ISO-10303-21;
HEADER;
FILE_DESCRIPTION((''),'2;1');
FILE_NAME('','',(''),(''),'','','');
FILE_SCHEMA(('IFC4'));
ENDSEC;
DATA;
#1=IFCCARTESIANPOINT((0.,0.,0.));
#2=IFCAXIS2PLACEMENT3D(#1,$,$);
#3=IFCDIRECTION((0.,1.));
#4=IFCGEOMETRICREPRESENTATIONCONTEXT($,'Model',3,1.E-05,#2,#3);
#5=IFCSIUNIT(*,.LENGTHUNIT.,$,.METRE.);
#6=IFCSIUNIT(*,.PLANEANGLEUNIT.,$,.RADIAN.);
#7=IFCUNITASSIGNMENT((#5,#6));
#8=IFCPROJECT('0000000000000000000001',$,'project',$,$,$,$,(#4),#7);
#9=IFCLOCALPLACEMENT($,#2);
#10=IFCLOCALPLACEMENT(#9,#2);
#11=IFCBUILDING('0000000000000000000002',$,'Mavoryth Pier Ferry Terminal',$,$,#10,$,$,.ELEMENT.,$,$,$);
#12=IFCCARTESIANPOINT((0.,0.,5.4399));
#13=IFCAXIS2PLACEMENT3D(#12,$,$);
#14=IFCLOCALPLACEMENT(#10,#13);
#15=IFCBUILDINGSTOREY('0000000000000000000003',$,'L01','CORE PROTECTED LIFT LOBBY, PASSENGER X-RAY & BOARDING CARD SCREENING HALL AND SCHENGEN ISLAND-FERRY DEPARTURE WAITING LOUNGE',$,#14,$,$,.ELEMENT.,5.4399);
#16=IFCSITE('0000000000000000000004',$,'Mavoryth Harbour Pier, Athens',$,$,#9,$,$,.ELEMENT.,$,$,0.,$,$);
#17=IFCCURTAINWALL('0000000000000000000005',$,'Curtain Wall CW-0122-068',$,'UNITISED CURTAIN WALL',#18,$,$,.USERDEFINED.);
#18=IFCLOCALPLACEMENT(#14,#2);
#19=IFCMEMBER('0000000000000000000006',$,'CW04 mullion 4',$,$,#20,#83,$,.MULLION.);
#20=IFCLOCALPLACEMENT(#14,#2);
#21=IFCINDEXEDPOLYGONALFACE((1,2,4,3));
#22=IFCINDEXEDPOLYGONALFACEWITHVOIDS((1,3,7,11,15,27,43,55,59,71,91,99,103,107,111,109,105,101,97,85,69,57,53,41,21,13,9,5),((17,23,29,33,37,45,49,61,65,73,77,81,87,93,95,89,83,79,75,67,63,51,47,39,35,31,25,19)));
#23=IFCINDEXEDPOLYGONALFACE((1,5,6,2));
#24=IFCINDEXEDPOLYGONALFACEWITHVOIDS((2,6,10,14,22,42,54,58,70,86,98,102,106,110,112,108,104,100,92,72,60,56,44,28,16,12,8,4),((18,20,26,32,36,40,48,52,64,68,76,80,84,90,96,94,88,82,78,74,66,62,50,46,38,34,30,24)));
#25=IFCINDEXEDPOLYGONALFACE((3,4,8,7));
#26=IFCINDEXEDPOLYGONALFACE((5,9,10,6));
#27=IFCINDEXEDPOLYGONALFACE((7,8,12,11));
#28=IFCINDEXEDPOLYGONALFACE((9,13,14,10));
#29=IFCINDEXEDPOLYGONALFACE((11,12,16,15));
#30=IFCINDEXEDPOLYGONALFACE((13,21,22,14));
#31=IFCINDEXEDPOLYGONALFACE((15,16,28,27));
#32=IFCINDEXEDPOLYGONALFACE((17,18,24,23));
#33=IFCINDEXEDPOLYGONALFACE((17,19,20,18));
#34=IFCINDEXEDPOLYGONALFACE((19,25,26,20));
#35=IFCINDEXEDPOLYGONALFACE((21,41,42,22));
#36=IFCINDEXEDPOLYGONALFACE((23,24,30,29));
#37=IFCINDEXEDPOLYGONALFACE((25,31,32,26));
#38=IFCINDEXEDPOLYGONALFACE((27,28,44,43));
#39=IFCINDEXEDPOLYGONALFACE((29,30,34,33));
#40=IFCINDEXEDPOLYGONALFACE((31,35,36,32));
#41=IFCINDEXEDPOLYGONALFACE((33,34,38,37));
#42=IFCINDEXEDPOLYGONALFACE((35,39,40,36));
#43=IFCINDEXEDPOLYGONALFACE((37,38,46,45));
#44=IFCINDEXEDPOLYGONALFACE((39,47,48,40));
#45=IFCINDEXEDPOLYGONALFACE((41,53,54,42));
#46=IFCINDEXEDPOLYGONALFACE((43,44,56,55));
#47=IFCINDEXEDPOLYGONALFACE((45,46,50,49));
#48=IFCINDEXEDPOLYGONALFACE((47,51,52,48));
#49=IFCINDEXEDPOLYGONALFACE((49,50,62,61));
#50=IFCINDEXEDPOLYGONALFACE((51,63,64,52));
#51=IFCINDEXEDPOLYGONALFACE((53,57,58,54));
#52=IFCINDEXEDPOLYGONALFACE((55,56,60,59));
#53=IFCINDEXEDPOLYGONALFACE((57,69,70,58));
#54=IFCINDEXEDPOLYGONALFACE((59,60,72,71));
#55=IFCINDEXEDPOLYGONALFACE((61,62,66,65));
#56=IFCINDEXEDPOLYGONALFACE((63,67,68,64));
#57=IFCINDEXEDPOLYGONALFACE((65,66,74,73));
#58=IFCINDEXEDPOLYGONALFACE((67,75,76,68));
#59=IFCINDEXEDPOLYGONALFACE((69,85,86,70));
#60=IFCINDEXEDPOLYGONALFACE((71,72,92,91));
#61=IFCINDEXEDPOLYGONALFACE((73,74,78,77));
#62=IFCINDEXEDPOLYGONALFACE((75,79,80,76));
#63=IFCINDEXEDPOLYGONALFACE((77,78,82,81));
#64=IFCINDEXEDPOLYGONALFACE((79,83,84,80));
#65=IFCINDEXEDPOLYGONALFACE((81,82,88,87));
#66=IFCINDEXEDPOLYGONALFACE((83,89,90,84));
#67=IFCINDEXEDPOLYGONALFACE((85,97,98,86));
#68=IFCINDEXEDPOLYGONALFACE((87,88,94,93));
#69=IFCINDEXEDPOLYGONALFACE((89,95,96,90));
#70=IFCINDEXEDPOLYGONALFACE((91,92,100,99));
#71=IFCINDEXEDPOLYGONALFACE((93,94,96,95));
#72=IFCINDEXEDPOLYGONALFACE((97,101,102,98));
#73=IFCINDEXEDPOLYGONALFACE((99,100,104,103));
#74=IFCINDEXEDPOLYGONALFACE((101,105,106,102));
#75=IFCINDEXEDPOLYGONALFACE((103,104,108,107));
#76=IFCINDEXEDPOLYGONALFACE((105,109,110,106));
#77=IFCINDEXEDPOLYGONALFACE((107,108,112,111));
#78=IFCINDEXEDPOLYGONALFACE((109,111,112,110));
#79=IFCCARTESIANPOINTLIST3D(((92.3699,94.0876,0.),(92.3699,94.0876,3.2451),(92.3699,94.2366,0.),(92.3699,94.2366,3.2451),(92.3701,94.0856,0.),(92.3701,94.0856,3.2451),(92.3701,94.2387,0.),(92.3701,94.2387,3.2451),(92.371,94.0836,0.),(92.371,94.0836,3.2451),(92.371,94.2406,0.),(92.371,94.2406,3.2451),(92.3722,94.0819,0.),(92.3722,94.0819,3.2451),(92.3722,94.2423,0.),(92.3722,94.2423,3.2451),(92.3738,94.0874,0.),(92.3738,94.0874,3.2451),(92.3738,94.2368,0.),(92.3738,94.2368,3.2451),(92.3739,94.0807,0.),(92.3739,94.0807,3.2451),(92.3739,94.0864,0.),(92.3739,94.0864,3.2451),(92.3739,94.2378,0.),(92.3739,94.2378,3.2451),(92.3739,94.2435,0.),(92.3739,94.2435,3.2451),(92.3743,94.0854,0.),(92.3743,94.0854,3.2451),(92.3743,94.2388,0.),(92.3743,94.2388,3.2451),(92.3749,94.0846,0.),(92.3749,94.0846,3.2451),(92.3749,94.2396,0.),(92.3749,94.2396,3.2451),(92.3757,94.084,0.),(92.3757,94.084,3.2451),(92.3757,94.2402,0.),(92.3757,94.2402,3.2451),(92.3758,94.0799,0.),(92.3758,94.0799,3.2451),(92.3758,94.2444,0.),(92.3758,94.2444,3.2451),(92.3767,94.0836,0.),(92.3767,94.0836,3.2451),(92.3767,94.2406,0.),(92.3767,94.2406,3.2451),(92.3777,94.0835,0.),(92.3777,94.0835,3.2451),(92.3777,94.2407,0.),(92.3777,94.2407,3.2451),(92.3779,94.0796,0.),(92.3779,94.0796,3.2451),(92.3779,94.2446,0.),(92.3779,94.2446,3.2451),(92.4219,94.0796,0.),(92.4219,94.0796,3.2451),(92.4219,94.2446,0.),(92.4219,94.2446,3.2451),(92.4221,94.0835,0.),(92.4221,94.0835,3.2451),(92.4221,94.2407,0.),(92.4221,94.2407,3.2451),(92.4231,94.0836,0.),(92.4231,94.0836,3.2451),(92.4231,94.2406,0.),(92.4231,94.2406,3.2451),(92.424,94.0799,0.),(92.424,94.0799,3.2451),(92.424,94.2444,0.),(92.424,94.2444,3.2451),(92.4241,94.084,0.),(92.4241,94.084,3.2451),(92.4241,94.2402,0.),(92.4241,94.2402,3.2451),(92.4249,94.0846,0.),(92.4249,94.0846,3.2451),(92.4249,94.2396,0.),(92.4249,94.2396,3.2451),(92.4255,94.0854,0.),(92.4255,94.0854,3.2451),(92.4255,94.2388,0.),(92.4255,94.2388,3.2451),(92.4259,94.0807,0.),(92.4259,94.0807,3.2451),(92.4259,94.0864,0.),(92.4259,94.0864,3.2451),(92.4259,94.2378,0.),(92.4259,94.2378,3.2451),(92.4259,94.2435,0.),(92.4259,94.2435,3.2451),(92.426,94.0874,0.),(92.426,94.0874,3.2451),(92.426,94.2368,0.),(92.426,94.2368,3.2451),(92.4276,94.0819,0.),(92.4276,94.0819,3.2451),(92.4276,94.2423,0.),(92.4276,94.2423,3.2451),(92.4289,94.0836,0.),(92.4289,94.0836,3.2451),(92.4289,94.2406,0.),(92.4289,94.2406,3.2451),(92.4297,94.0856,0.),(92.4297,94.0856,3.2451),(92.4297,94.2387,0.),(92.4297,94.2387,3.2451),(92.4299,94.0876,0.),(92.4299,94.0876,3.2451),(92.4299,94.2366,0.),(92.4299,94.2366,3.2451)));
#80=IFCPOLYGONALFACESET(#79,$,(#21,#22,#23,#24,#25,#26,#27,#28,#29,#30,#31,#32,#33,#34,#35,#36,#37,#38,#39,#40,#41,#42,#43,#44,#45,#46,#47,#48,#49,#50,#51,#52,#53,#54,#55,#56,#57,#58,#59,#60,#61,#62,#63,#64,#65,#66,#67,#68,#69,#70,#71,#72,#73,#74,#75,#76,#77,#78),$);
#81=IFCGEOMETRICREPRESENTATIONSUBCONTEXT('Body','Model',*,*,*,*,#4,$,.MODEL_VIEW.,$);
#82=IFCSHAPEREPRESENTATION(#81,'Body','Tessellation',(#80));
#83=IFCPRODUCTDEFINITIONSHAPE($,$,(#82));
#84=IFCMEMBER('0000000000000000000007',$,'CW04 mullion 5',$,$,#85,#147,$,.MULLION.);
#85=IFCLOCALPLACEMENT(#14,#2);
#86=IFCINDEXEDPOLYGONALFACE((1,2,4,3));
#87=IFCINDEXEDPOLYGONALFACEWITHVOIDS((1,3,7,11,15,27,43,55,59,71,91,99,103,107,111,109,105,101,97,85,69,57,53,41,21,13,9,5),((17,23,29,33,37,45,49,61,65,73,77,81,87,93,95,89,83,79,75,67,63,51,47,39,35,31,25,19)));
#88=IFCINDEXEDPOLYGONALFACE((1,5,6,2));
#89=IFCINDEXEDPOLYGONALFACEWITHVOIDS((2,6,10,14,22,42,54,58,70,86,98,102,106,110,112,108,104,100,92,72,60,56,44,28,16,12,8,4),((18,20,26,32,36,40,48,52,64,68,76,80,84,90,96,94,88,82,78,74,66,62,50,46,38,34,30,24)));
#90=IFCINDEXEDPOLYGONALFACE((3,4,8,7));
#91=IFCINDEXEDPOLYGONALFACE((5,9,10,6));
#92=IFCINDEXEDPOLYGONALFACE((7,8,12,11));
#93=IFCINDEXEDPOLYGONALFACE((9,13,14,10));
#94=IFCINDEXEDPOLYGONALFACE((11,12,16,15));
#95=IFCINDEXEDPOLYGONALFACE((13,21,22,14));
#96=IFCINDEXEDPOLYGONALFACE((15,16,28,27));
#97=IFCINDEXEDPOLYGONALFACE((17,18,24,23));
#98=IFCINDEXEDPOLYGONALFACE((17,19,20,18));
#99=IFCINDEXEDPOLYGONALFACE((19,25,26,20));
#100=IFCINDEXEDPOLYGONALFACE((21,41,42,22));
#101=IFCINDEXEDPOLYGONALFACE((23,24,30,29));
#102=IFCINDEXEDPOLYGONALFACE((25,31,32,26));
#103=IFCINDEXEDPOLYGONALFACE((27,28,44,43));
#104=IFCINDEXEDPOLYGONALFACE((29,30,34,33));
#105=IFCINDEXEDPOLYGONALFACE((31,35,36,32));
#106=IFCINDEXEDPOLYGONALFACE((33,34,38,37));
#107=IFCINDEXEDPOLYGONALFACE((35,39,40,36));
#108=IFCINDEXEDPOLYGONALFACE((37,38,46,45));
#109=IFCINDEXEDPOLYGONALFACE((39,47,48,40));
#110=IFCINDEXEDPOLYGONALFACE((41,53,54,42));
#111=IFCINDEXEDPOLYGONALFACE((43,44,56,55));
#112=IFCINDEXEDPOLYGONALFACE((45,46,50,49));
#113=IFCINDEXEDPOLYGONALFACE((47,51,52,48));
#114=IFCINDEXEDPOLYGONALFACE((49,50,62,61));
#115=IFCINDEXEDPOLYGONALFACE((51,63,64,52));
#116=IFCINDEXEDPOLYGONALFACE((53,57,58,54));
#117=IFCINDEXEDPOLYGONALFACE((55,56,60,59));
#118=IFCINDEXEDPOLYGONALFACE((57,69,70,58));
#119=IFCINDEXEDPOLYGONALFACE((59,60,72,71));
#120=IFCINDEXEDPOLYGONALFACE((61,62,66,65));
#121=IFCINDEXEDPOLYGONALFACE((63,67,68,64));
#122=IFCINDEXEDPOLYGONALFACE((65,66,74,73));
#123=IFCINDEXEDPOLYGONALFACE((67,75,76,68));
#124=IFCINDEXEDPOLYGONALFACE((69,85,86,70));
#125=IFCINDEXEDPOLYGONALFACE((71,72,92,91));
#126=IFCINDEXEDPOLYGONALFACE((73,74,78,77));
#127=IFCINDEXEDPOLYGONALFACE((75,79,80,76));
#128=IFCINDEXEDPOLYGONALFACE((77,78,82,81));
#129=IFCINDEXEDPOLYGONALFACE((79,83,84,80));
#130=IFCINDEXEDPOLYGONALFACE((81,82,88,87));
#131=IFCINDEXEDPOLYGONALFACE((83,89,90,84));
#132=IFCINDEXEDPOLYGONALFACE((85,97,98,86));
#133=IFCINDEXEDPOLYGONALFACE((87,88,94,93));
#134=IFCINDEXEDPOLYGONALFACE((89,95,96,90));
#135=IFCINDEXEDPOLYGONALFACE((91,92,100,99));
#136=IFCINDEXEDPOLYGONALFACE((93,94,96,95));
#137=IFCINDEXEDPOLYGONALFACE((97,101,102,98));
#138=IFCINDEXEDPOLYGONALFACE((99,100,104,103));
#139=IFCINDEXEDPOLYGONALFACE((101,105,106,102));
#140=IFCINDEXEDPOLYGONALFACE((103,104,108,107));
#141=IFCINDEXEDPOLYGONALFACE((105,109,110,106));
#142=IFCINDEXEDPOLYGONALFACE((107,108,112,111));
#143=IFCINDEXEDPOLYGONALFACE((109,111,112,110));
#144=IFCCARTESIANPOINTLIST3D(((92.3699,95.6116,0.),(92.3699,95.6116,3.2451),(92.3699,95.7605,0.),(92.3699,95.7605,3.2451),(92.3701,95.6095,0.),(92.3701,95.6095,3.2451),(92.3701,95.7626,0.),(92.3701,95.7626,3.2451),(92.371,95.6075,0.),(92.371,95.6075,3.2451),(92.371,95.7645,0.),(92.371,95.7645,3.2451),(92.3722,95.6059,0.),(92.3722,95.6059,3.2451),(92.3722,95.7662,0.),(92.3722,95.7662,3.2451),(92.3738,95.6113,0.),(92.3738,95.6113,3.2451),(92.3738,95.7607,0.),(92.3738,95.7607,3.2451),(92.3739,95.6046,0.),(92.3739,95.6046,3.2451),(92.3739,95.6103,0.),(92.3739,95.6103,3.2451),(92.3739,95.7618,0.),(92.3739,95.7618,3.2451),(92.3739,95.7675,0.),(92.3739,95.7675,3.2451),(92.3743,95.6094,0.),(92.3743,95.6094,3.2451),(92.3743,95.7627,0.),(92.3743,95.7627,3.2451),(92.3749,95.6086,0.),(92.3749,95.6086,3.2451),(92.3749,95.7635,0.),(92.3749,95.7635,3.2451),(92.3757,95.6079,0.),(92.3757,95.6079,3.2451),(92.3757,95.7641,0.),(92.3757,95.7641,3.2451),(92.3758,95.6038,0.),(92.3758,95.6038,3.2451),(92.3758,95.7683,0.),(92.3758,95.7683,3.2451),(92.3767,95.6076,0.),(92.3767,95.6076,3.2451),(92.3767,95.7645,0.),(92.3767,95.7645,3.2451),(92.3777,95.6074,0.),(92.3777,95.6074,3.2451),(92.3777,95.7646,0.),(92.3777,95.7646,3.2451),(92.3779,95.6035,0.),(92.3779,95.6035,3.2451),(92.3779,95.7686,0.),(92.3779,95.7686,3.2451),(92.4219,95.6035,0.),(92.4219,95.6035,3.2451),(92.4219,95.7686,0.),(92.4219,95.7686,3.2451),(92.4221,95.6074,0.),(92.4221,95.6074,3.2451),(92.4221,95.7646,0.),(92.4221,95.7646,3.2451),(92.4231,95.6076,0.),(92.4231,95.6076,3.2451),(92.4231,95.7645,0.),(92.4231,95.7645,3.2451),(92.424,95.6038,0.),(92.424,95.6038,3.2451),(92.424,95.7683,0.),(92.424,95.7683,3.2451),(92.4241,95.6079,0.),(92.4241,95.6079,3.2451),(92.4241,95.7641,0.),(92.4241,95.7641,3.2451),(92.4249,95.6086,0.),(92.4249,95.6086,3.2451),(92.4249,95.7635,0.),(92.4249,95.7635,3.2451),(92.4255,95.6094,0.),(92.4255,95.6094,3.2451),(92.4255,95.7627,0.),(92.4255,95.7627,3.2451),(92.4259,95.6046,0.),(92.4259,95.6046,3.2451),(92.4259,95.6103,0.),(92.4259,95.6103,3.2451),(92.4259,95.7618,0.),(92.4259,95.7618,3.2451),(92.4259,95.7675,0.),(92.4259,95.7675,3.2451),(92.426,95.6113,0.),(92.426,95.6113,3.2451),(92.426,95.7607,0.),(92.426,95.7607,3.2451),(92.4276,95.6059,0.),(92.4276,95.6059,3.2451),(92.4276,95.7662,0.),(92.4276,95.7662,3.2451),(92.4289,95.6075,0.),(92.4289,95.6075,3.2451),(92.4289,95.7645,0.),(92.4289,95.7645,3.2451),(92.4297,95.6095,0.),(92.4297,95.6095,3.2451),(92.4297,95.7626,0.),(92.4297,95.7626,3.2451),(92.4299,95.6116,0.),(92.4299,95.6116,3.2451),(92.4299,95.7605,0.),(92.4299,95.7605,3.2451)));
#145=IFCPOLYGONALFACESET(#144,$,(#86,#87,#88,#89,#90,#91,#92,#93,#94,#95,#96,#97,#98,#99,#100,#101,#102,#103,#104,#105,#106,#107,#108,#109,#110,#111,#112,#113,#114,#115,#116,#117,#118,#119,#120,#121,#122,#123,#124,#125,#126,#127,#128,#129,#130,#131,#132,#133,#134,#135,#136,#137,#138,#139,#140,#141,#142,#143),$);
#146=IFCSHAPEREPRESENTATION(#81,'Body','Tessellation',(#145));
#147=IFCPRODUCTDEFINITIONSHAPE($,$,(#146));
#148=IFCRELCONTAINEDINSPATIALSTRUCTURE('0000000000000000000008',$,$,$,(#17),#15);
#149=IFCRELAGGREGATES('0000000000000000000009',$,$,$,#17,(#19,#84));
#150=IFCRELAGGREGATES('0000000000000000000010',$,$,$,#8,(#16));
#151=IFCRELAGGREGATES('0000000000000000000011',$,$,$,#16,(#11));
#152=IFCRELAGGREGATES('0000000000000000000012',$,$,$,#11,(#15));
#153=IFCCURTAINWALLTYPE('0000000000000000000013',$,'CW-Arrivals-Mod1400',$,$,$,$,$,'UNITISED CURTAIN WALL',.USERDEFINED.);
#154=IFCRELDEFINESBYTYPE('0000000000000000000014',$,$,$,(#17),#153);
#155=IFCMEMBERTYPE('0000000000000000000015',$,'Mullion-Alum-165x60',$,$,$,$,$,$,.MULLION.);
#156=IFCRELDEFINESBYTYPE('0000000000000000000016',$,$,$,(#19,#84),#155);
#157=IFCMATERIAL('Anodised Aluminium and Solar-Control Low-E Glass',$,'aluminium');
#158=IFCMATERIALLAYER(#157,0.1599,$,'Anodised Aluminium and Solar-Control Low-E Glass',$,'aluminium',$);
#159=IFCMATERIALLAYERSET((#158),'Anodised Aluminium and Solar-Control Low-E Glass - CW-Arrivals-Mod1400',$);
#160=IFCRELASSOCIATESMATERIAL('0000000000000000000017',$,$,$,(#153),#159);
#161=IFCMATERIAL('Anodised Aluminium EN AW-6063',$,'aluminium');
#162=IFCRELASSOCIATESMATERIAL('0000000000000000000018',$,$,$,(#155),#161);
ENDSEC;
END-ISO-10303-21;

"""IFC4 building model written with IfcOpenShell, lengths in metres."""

from ifc_helpers import new_model, si_unit, direction, frame, origin, origin_2d, place, context, subcontext, project, spatial, hollow_rectangle, extrude, material, layer, layer_set, material_profile, profile_set, type_object, element, aggregate, save


model = new_model("IFC4")

# Units and contexts
model_context = context("Model", 3, precision=1e-05, world=origin(), true_north=direction((0.0, 1.0)))
body_context = subcontext(model_context, "Body", "Model", "MODEL_VIEW")
ifc_project = project(units=[si_unit("LENGTHUNIT", "METRE"), si_unit("PLANEANGLEUNIT", "RADIAN")], contexts=[model_context])

# Site, building, storey
site_placement = place(None, origin())
site = spatial("IfcSite", under=ifc_project, at=site_placement, Name="Mavoryth Harbour Pier, Athens", CompositionType="ELEMENT", RefElevation=0.0)
building_placement = place(site_placement, origin())
building = spatial("IfcBuilding", under=site, at=building_placement, Name="Mavoryth Pier Ferry Terminal", CompositionType="ELEMENT")
storey_placement = place(building_placement, frame((0.0, 0.0, 5.4399)))
storey = spatial("IfcBuildingStorey", under=building, at=storey_placement, Name="L01", Description="CORE PROTECTED LIFT LOBBY, PASSENGER X-RAY & BOARDING CARD SCREENING HALL AND SCHENGEN ISLAND-FERRY DEPARTURE WAITING LOUNGE", CompositionType="ELEMENT", Elevation=5.4399)

# Curtain wall, members
ifc_material_1 = material(Name="Anodised Aluminium and Solar-Control Low-E Glass", Category="aluminium")
ifc_layer_1 = layer(ifc_material_1, 0.1599, Name="Anodised Aluminium and Solar-Control Low-E Glass", Category="aluminium")
ifc_layer_set_1 = layer_set([ifc_layer_1], Name="Anodised Aluminium and Solar-Control Low-E Glass - CW-Arrivals-Mod1400")
curtain_wall_type = type_object("IfcCurtainWallType", Name="CW-Arrivals-Mod1400", ElementType="UNITISED CURTAIN WALL", PredefinedType="USERDEFINED", material=ifc_layer_set_1)
curtain_wall_placement = place(storey_placement, origin())
curtain_wall = element("IfcCurtainWall", 1, at=curtain_wall_placement, inside=storey, type_object=curtain_wall_type, Name="Curtain Wall CW-0122-068", ObjectType="UNITISED CURTAIN WALL", PredefinedType="USERDEFINED")
ifc_material_2 = material(Name="Anodised Aluminium EN AW-6063", Category="aluminium")
ifc_material_profile_1 = material_profile(ifc_material_2, hollow_rectangle(XDim=0.0601, YDim=0.165, WallThickness=0.0039, InnerFilletRadius=0.0039, OuterFilletRadius=0.0081, at=origin_2d()), Name="AL-MULL 165x60x4", Category="aluminium")
ifc_profile_set_1 = profile_set([ifc_material_profile_1], Name="Anodised Aluminium EN AW-6063 - AL-MULL 165x60x4")
member_type_1 = type_object("IfcMemberType", Name="Mullion-Alum-165x60", PredefinedType="MULLION", material=ifc_profile_set_1)
member_1_placement = place(storey_placement, frame((92.3999, 94.1621, 0.0), z_axis=(0.0, 0.0, 1.0), x_axis=(-1.0, 0.0, 0.0)))
member_1 = element("IfcMember", 2, at=member_1_placement, type_object=member_type_1, Name="CW04 mullion 4", PredefinedType="MULLION", context=body_context, shape_type="SweptSolid", body=[
    extrude(hollow_rectangle(XDim=0.0601, YDim=0.165, WallThickness=0.0039, InnerFilletRadius=0.0039, OuterFilletRadius=0.0081, at=origin_2d()), origin(), (0.0, 0.0, 1.0), 3.2451),
])
member_2_placement = place(storey_placement, frame((92.3999, 95.686, 0.0), z_axis=(0.0, 0.0, 1.0), x_axis=(-1.0, 0.0, 0.0)))
member_2 = element("IfcMember", 3, at=member_2_placement, type_object=member_type_1, Name="CW04 mullion 5", PredefinedType="MULLION", context=body_context, shape_type="SweptSolid", body=[
    extrude(hollow_rectangle(XDim=0.0601, YDim=0.165, WallThickness=0.0039, InnerFilletRadius=0.0039, OuterFilletRadius=0.0081, at=origin_2d()), origin(), (0.0, 0.0, 1.0), 3.2451),
])
aggregate(curtain_wall, [member_1, member_2])

save(model, "model.ifc")
